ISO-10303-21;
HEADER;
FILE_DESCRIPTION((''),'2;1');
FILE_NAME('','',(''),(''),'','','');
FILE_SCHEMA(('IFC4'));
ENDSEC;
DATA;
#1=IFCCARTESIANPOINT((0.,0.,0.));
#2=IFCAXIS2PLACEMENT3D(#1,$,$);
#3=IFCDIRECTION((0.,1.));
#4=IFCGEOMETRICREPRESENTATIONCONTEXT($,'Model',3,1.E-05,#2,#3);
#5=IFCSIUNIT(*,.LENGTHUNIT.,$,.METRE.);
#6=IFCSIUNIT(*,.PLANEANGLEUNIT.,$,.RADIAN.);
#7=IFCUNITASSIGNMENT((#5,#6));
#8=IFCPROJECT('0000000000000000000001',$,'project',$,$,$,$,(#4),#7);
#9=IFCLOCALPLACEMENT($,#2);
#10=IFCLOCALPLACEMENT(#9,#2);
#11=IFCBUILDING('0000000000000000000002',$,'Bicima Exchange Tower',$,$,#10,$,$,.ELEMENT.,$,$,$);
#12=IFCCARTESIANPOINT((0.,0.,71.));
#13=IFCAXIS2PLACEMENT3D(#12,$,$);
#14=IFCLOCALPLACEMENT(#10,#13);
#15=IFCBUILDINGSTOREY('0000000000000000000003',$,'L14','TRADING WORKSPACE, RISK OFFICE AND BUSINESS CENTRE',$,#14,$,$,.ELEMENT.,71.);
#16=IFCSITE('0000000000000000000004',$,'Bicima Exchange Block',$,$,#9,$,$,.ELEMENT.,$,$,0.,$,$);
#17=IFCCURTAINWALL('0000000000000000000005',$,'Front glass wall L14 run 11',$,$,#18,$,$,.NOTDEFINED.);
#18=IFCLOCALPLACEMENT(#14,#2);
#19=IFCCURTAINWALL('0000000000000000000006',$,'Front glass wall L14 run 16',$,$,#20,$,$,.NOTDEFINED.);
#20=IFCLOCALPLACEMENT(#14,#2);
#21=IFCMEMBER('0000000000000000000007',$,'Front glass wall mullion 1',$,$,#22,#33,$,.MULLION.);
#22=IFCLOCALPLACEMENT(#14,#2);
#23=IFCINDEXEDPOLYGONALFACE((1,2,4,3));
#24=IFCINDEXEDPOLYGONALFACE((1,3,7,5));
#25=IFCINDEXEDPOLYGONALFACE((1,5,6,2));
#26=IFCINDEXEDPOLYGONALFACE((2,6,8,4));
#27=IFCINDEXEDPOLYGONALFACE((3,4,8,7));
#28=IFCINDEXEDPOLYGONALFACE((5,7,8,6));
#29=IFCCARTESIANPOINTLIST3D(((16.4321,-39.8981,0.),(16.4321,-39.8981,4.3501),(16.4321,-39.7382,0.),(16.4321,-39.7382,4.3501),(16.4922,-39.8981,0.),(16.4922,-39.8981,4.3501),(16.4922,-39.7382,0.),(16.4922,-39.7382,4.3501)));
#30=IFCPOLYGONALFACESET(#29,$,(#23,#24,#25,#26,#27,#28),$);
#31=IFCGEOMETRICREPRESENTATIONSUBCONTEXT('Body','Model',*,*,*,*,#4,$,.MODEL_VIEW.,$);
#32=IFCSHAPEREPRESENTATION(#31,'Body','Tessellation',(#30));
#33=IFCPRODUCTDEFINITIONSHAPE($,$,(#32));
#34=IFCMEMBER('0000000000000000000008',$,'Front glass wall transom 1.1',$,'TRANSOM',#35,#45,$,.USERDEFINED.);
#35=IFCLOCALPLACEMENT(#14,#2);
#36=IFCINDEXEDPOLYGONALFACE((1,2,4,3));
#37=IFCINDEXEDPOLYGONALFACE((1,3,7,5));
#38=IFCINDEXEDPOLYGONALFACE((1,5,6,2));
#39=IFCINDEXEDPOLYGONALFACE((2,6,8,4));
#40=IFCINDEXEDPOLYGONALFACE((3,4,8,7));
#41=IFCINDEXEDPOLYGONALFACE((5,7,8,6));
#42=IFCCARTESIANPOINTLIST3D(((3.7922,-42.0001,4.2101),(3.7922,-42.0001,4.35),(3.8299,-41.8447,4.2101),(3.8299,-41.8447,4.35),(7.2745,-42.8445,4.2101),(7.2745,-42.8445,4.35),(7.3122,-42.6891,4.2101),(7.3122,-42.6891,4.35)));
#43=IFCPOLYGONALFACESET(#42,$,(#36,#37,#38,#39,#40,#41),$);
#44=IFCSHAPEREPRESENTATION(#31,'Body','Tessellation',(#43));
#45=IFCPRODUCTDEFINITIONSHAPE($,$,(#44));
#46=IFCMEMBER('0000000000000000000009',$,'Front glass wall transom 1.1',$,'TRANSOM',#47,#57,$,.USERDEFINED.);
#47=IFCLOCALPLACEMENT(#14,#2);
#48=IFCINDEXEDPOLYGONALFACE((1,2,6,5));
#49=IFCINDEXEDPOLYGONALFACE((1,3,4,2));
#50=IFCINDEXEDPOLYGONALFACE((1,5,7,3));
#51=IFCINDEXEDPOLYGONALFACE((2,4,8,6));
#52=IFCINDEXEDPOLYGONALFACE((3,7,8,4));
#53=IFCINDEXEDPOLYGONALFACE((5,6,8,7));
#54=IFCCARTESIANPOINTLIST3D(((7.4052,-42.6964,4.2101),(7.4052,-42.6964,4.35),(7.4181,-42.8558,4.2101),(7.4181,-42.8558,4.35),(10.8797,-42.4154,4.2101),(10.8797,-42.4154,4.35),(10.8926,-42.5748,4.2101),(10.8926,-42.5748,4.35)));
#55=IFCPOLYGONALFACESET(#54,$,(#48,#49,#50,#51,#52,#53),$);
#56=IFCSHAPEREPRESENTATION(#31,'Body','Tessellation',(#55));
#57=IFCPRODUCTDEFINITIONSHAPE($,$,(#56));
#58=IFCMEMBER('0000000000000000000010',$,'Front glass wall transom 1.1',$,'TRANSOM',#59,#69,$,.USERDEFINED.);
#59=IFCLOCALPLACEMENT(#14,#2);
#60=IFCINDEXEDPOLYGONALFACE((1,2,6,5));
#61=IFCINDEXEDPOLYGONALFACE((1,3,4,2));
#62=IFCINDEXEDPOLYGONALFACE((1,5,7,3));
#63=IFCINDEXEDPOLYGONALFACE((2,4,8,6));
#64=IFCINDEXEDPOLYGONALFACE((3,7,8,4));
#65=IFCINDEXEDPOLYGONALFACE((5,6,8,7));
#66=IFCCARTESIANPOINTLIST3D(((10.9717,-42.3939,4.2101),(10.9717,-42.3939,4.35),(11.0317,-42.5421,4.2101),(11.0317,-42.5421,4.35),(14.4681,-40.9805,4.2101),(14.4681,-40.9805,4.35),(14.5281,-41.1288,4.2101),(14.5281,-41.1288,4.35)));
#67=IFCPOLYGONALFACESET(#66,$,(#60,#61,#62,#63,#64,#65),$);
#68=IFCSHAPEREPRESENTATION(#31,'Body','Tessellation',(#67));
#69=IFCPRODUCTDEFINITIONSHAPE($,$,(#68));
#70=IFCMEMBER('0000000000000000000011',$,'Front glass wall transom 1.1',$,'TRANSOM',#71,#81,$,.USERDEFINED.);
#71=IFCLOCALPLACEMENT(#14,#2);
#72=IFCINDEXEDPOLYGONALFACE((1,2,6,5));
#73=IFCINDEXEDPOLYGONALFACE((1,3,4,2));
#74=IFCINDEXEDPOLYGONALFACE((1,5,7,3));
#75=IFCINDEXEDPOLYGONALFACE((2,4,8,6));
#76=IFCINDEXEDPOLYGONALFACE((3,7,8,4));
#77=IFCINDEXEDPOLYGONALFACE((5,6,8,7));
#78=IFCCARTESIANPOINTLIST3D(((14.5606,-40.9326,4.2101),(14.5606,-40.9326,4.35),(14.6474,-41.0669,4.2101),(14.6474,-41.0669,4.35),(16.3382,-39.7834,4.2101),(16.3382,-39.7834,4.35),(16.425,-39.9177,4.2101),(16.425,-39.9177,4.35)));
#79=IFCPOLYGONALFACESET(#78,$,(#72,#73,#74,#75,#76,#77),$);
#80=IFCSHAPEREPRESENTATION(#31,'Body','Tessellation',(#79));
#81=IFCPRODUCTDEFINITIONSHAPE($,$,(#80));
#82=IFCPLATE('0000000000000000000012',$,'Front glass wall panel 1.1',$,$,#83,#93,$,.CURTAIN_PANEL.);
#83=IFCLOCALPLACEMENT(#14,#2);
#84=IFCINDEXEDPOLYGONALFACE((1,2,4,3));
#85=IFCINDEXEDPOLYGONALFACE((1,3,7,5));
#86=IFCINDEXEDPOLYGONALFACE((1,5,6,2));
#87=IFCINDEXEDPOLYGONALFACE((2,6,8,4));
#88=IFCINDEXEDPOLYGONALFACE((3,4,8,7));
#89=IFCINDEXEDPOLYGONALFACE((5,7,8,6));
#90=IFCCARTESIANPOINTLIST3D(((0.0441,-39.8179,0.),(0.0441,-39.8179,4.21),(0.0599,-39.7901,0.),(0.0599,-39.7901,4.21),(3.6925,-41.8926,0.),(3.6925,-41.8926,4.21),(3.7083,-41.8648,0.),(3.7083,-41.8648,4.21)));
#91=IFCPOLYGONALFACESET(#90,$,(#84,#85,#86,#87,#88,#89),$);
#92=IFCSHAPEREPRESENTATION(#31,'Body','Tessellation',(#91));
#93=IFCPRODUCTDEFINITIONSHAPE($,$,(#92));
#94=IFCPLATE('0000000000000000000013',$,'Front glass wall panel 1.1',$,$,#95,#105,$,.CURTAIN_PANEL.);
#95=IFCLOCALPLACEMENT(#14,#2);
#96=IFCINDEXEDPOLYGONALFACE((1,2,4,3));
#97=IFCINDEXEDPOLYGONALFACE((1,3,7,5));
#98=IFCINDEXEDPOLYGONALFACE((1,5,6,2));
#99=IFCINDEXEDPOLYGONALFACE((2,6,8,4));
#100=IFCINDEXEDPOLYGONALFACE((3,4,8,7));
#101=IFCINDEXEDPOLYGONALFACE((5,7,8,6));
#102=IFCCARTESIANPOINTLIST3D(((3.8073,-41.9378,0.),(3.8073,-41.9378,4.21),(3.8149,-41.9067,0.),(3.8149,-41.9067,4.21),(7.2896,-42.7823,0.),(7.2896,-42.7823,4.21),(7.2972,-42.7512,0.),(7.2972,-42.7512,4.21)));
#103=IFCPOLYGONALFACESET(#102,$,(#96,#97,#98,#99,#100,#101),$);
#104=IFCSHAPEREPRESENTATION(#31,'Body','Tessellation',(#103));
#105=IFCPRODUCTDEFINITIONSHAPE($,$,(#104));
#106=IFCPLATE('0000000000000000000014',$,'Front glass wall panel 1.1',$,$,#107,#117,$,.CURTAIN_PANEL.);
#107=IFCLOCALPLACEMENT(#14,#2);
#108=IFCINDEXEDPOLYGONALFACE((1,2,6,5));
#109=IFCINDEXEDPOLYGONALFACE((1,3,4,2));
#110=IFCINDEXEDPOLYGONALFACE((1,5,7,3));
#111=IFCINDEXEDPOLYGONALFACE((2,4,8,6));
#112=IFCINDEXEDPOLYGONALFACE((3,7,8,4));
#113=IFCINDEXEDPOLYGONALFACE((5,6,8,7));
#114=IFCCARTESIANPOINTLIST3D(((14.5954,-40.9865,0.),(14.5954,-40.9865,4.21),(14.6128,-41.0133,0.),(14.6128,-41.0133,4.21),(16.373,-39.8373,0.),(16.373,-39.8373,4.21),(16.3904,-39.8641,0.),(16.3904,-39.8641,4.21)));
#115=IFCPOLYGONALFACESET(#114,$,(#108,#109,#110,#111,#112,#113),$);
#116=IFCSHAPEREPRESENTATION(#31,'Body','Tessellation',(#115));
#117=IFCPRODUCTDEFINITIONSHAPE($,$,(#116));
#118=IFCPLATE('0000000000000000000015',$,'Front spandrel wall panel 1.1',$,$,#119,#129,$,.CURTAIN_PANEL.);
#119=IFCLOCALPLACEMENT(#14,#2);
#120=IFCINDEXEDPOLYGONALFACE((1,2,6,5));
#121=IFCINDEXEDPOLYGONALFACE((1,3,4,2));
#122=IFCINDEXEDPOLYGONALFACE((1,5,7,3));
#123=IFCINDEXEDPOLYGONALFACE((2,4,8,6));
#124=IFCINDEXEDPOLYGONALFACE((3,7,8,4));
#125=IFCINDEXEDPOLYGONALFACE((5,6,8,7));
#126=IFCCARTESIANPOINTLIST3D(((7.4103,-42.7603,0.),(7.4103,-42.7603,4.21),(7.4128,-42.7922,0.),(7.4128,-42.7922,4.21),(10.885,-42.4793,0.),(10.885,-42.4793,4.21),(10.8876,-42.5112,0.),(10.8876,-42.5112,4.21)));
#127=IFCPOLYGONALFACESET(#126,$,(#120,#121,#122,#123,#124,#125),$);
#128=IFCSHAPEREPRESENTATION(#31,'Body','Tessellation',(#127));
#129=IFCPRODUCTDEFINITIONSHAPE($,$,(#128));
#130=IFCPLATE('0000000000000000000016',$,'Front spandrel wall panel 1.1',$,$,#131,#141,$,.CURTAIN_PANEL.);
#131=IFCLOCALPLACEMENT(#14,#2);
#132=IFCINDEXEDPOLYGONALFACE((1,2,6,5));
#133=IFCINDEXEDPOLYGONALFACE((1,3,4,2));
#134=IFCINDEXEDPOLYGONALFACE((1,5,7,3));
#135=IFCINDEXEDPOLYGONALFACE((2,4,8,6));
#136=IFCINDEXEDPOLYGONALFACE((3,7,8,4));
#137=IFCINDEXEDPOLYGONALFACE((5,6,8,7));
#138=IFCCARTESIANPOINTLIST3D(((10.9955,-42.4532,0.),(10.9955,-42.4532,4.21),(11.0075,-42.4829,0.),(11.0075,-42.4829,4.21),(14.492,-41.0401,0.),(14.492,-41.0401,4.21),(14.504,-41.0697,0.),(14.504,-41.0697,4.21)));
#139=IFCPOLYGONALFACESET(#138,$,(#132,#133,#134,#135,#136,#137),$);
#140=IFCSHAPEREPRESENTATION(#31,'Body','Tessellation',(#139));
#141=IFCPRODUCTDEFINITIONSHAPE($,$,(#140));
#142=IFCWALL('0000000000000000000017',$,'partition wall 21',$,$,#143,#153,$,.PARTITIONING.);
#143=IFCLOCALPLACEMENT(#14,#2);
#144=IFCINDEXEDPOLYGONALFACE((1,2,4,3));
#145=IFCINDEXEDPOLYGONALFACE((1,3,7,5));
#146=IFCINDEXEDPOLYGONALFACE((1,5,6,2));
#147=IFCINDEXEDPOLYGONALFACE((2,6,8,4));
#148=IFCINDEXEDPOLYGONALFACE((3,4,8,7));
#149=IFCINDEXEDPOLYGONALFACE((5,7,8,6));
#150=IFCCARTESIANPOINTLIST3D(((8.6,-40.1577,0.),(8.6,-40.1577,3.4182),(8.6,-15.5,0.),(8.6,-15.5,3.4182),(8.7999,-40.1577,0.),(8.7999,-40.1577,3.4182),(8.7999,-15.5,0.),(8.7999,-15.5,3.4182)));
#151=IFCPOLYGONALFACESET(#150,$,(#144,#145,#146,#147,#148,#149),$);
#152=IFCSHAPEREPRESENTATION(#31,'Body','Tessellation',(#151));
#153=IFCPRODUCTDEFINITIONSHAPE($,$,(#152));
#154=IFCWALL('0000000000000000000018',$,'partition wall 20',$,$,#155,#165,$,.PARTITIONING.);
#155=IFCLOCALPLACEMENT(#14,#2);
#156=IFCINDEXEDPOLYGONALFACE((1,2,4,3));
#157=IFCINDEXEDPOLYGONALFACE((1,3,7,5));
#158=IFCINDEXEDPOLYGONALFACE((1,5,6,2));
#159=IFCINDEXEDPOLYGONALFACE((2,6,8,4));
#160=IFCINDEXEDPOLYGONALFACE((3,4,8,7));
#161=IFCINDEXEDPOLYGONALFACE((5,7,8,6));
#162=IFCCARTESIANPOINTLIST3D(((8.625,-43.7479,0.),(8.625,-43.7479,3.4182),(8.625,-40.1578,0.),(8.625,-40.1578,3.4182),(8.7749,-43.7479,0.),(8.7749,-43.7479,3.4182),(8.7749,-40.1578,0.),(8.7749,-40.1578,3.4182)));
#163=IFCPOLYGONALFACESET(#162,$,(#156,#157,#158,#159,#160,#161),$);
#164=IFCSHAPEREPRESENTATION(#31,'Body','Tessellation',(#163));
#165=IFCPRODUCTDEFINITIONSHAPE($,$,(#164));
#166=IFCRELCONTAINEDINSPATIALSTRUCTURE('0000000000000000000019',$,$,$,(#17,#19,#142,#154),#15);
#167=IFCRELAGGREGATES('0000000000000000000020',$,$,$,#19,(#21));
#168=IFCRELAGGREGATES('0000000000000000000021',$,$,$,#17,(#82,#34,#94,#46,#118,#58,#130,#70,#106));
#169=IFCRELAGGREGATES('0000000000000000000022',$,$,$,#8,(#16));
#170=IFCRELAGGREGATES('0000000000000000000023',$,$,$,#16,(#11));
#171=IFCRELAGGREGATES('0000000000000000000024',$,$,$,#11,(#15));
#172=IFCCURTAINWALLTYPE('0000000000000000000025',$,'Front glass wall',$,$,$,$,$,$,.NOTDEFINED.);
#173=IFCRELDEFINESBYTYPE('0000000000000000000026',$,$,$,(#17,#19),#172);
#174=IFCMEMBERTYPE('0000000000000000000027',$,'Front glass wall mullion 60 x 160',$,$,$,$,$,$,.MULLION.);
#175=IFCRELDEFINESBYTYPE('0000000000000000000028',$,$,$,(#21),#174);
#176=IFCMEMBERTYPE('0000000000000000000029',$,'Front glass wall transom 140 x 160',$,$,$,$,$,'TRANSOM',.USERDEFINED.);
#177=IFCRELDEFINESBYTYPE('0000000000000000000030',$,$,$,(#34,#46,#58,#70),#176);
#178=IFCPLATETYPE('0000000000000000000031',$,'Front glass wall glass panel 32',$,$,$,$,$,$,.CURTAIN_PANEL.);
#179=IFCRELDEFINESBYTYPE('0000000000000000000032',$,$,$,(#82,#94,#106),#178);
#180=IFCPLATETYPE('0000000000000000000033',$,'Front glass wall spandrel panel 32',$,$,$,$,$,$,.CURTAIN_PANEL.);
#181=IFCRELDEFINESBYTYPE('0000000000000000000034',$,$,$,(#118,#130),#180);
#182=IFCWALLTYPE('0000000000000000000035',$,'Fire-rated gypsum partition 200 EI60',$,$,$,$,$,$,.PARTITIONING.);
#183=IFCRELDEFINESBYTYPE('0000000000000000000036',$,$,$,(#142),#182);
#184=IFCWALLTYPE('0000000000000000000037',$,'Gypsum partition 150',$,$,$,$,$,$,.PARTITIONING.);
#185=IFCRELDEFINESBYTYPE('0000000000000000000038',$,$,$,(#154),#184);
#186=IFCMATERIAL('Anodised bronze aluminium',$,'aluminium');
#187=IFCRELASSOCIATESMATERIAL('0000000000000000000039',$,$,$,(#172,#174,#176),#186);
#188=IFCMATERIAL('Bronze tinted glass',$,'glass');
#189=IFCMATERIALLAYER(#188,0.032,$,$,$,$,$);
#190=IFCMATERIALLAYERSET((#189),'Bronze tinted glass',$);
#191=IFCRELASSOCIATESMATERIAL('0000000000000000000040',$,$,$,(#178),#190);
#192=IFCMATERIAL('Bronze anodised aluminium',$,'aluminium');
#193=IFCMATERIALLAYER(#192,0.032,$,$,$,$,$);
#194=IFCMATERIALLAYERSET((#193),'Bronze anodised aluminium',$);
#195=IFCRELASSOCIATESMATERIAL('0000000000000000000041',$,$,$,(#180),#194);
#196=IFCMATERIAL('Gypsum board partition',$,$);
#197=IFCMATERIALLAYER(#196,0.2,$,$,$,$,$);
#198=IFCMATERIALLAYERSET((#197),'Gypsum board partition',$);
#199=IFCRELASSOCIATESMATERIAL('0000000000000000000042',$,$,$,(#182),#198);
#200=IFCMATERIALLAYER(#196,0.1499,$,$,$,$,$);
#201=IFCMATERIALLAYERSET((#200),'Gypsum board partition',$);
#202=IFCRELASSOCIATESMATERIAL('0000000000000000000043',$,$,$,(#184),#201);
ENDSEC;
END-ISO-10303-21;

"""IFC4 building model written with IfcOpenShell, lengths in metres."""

from ifc_helpers import new_model, si_unit, direction, frame, frame_2d, origin, origin_2d, place, context, subcontext, project, spatial, rectangle, extrude, material, layer, layer_set, material_profile, profile_set, type_object, element, aggregate, save


model = new_model("IFC4")

# Units and contexts
model_context = context("Model", 3, precision=1e-05, world=origin(), true_north=direction((0.0, 1.0)))
body_context = subcontext(model_context, "Body", "Model", "MODEL_VIEW")
ifc_project = project(units=[si_unit("LENGTHUNIT", "METRE"), si_unit("PLANEANGLEUNIT", "RADIAN")], contexts=[model_context])

# Site, building, storey
site_placement = place(None, origin())
site = spatial("IfcSite", under=ifc_project, at=site_placement, Name="Bicima Exchange Block", CompositionType="ELEMENT", RefElevation=0.0)
building_placement = place(site_placement, origin())
building = spatial("IfcBuilding", under=site, at=building_placement, Name="Bicima Exchange Tower", CompositionType="ELEMENT")
storey_placement = place(building_placement, frame((0.0, 0.0, 71.0)))
storey = spatial("IfcBuildingStorey", under=building, at=storey_placement, Name="L14", Description="TRADING WORKSPACE, RISK OFFICE AND BUSINESS CENTRE", CompositionType="ELEMENT", Elevation=71.0)

# Curtain wall
ifc_material_1 = material(Name="Anodised bronze aluminium", Category="aluminium")
curtain_wall_type = type_object("IfcCurtainWallType", Name="Front glass wall", PredefinedType="NOTDEFINED", material=ifc_material_1)
curtain_wall_1_placement = place(storey_placement, origin())
curtain_wall_1 = element("IfcCurtainWall", 1, at=curtain_wall_1_placement, inside=storey, type_object=curtain_wall_type, Name="Front glass wall L14 run 11", PredefinedType="NOTDEFINED")
ifc_material_profile_1 = material_profile(ifc_material_1, rectangle(XDim=0.1599, YDim=0.0601, at=origin_2d()))
ifc_profile_set_1 = profile_set([ifc_material_profile_1], Name="Anodised bronze aluminium")
member_type_1 = type_object("IfcMemberType", Name="Front glass wall mullion 60 x 160", PredefinedType="MULLION", material=ifc_profile_set_1)

# Curtain wall, member
curtain_wall_2_placement = place(storey_placement, origin())
curtain_wall_2 = element("IfcCurtainWall", 2, at=curtain_wall_2_placement, inside=storey, type_object=curtain_wall_type, Name="Front glass wall L14 run 16", PredefinedType="NOTDEFINED")
member_1_placement = place(storey_placement, frame((16.4622, -39.8181, 0.0), z_axis=(0.0, 0.0, 1.0), x_axis=(0.0, 1.0, 0.0)))
member_1 = element("IfcMember", 3, at=member_1_placement, type_object=member_type_1, Name="Front glass wall mullion 1", PredefinedType="MULLION", context=body_context, shape_type="SweptSolid", body=[
    extrude(rectangle(XDim=0.1599, YDim=0.0601, at=origin_2d()), origin(), (0.0, 0.0, 1.0), 4.3501),
])
aggregate(curtain_wall_2, [member_1])

# Members
ifc_material_profile_2 = material_profile(ifc_material_1, rectangle(XDim=0.1599, YDim=0.1399, at=origin_2d()))
ifc_profile_set_2 = profile_set([ifc_material_profile_2], Name="Anodised bronze aluminium")
member_type_2 = type_object("IfcMemberType", Name="Front glass wall transom 140 x 160", ElementType="TRANSOM", PredefinedType="USERDEFINED", material=ifc_profile_set_2)
member_2_placement = place(storey_placement, frame((3.811, -41.9224, 4.28), z_axis=(0.971834, -0.235668, 0.0), x_axis=(0.235668, 0.971834, 0.0)))
member_2 = element("IfcMember", 4, at=member_2_placement, type_object=member_type_2, Name="Front glass wall transom 1.1", ObjectType="TRANSOM", PredefinedType="USERDEFINED", context=body_context, shape_type="SweptSolid", body=[
    extrude(rectangle(XDim=0.1599, YDim=0.1399, at=origin_2d()), origin(), (0.0, 0.0, 1.0), 3.5833),
])
member_3_placement = place(storey_placement, frame((7.4116, -42.7761, 4.28), z_axis=(0.996746, 0.080611, 0.0), x_axis=(-0.080611, 0.996746, 0.0)))
member_3 = element("IfcMember", 5, at=member_3_placement, type_object=member_type_2, Name="Front glass wall transom 1.1", ObjectType="TRANSOM", PredefinedType="USERDEFINED", context=body_context, shape_type="SweptSolid", body=[
    extrude(rectangle(XDim=0.1599, YDim=0.1399, at=origin_2d()), origin(), (0.0, 0.0, 1.0), 3.4858),
])
member_4_placement = place(storey_placement, frame((11.0017, -42.468, 4.28), z_axis=(0.927118, 0.37477, 0.0), x_axis=(-0.37477, 0.927118, 0.0)))
member_4 = element("IfcMember", 6, at=member_4_placement, type_object=member_type_2, Name="Front glass wall transom 1.1", ObjectType="TRANSOM", PredefinedType="USERDEFINED", context=body_context, shape_type="SweptSolid", body=[
    extrude(rectangle(XDim=0.1599, YDim=0.1399, at=origin_2d()), origin(), (0.0, 0.0, 1.0), 3.7712),
])
member_5_placement = place(storey_placement, frame((14.604, -40.9998, 4.28), z_axis=(0.839793, 0.542907, 0.0), x_axis=(-0.542907, 0.839793, 0.0)))
member_5 = element("IfcMember", 7, at=member_5_placement, type_object=member_type_2, Name="Front glass wall transom 1.1", ObjectType="TRANSOM", PredefinedType="USERDEFINED", context=body_context, shape_type="SweptSolid", body=[
    extrude(rectangle(XDim=0.1599, YDim=0.1399, at=origin_2d()), origin(), (0.0, 0.0, 1.0), 2.1167),
])

# Plates
ifc_material_2 = material(Name="Bronze tinted glass", Category="glass")
ifc_layer_1 = layer(ifc_material_2, 0.032)
ifc_layer_set_1 = layer_set([ifc_layer_1], Name="Bronze tinted glass")
plate_type_1 = type_object("IfcPlateType", Name="Front glass wall glass panel 32", PredefinedType="CURTAIN_PANEL", material=ifc_layer_set_1)
plate_1_placement = place(storey_placement, frame((1.8762, -40.8413, 0.0), z_axis=(0.0, 0.0, 1.0), x_axis=(0.869274, -0.49433, 0.0)))
plate_1 = element("IfcPlate", 8, at=plate_1_placement, type_object=plate_type_1, Name="Front glass wall panel 1.1", PredefinedType="CURTAIN_PANEL", context=body_context, shape_type="SweptSolid", body=[
    extrude(rectangle(XDim=4.197, YDim=0.032, at=origin_2d()), origin(), (0.0, 0.0, 1.0), 4.21),
])
plate_2_placement = place(storey_placement, frame((5.5522, -42.3445, 0.0), z_axis=(0.0, 0.0, 1.0), x_axis=(0.97183, -0.235682, 0.0)))
plate_2 = element("IfcPlate", 9, at=plate_2_placement, type_object=plate_type_1, Name="Front glass wall panel 1.1", PredefinedType="CURTAIN_PANEL", context=body_context, shape_type="SweptSolid", body=[
    extrude(rectangle(XDim=3.5833, YDim=0.032, at=origin_2d()), origin(), (0.0, 0.0, 1.0), 4.21),
])
plate_3_placement = place(storey_placement, frame((15.4929, -40.4253, 0.0), z_axis=(0.0, 0.0, 1.0), x_axis=(0.839791, 0.542909, 0.0)))
plate_3 = element("IfcPlate", 10, at=plate_3_placement, type_object=plate_type_1, Name="Front glass wall panel 1.1", PredefinedType="CURTAIN_PANEL", context=body_context, shape_type="SweptSolid", body=[
    extrude(rectangle(XDim=2.1167, YDim=0.032, at=origin_2d()), origin(), (0.0, 0.0, 1.0), 4.21),
])
ifc_material_3 = material(Name="Bronze anodised aluminium", Category="aluminium")
ifc_layer_2 = layer(ifc_material_3, 0.032)
ifc_layer_set_2 = layer_set([ifc_layer_2], Name="Bronze anodised aluminium")
plate_type_2 = type_object("IfcPlateType", Name="Front glass wall spandrel panel 32", PredefinedType="CURTAIN_PANEL", material=ifc_layer_set_2)
plate_4_placement = place(storey_placement, frame((9.1489, -42.6357, 0.0), z_axis=(0.0, 0.0, 1.0), x_axis=(0.996747, 0.080589, 0.0)))
plate_4 = element("IfcPlate", 11, at=plate_4_placement, type_object=plate_type_2, Name="Front spandrel wall panel 1.1", PredefinedType="CURTAIN_PANEL", context=body_context, shape_type="SweptSolid", body=[
    extrude(rectangle(XDim=3.4861, YDim=0.032, at=origin_2d()), origin(), (0.0, 0.0, 1.0), 4.21),
])
plate_5_placement = place(storey_placement, frame((12.7498, -41.7615, 0.0), z_axis=(0.0, 0.0, 1.0), x_axis=(0.927144, 0.374705, 0.0)))
plate_5 = element("IfcPlate", 12, at=plate_5_placement, type_object=plate_type_2, Name="Front spandrel wall panel 1.1", PredefinedType="CURTAIN_PANEL", context=body_context, shape_type="SweptSolid", body=[
    extrude(rectangle(XDim=3.7712, YDim=0.032, at=origin_2d()), origin(), (0.0, 0.0, 1.0), 4.21),
])
aggregate(curtain_wall_1, [plate_1, member_2, plate_2, member_3, plate_4, member_4, plate_5, member_5, plate_3])

# Walls
ifc_material_4 = material(Name="Gypsum board partition")
ifc_layer_3 = layer(ifc_material_4, 0.2)
ifc_layer_set_3 = layer_set([ifc_layer_3], Name="Gypsum board partition")
wall_type_1 = type_object("IfcWallType", Name="Fire-rated gypsum partition 200 EI60", PredefinedType="PARTITIONING", material=ifc_layer_set_3)
wall_1_placement = place(storey_placement, frame((8.7, -40.1577, 0.0), z_axis=(0.0, 0.0, 1.0), x_axis=(0.0, 1.0, 0.0)))
element("IfcWall", 13, at=wall_1_placement, inside=storey, type_object=wall_type_1, Name="partition wall 21", PredefinedType="PARTITIONING", context=body_context, shape_type="SweptSolid", body=[
    extrude(rectangle(XDim=24.6577, YDim=0.2, at=frame_2d((12.3289, 0.0))), origin(), (0.0, 0.0, 1.0), 3.4182),
])
ifc_layer_4 = layer(ifc_material_4, 0.1499)
ifc_layer_set_4 = layer_set([ifc_layer_4], Name="Gypsum board partition")
wall_type_2 = type_object("IfcWallType", Name="Gypsum partition 150", PredefinedType="PARTITIONING", material=ifc_layer_set_4)
wall_2_placement = place(storey_placement, frame((8.7, -43.7478, 0.0), z_axis=(0.0, 0.0, 1.0), x_axis=(0.0, 1.0, 0.0)))
element("IfcWall", 14, at=wall_2_placement, inside=storey, type_object=wall_type_2, Name="partition wall 20", PredefinedType="PARTITIONING", context=body_context, shape_type="SweptSolid", body=[
    extrude(rectangle(XDim=3.5901, YDim=0.1499, at=frame_2d((1.7949, 0.0))), origin(), (0.0, 0.0, 1.0), 3.4182),
])

save(model, "model.ifc")
